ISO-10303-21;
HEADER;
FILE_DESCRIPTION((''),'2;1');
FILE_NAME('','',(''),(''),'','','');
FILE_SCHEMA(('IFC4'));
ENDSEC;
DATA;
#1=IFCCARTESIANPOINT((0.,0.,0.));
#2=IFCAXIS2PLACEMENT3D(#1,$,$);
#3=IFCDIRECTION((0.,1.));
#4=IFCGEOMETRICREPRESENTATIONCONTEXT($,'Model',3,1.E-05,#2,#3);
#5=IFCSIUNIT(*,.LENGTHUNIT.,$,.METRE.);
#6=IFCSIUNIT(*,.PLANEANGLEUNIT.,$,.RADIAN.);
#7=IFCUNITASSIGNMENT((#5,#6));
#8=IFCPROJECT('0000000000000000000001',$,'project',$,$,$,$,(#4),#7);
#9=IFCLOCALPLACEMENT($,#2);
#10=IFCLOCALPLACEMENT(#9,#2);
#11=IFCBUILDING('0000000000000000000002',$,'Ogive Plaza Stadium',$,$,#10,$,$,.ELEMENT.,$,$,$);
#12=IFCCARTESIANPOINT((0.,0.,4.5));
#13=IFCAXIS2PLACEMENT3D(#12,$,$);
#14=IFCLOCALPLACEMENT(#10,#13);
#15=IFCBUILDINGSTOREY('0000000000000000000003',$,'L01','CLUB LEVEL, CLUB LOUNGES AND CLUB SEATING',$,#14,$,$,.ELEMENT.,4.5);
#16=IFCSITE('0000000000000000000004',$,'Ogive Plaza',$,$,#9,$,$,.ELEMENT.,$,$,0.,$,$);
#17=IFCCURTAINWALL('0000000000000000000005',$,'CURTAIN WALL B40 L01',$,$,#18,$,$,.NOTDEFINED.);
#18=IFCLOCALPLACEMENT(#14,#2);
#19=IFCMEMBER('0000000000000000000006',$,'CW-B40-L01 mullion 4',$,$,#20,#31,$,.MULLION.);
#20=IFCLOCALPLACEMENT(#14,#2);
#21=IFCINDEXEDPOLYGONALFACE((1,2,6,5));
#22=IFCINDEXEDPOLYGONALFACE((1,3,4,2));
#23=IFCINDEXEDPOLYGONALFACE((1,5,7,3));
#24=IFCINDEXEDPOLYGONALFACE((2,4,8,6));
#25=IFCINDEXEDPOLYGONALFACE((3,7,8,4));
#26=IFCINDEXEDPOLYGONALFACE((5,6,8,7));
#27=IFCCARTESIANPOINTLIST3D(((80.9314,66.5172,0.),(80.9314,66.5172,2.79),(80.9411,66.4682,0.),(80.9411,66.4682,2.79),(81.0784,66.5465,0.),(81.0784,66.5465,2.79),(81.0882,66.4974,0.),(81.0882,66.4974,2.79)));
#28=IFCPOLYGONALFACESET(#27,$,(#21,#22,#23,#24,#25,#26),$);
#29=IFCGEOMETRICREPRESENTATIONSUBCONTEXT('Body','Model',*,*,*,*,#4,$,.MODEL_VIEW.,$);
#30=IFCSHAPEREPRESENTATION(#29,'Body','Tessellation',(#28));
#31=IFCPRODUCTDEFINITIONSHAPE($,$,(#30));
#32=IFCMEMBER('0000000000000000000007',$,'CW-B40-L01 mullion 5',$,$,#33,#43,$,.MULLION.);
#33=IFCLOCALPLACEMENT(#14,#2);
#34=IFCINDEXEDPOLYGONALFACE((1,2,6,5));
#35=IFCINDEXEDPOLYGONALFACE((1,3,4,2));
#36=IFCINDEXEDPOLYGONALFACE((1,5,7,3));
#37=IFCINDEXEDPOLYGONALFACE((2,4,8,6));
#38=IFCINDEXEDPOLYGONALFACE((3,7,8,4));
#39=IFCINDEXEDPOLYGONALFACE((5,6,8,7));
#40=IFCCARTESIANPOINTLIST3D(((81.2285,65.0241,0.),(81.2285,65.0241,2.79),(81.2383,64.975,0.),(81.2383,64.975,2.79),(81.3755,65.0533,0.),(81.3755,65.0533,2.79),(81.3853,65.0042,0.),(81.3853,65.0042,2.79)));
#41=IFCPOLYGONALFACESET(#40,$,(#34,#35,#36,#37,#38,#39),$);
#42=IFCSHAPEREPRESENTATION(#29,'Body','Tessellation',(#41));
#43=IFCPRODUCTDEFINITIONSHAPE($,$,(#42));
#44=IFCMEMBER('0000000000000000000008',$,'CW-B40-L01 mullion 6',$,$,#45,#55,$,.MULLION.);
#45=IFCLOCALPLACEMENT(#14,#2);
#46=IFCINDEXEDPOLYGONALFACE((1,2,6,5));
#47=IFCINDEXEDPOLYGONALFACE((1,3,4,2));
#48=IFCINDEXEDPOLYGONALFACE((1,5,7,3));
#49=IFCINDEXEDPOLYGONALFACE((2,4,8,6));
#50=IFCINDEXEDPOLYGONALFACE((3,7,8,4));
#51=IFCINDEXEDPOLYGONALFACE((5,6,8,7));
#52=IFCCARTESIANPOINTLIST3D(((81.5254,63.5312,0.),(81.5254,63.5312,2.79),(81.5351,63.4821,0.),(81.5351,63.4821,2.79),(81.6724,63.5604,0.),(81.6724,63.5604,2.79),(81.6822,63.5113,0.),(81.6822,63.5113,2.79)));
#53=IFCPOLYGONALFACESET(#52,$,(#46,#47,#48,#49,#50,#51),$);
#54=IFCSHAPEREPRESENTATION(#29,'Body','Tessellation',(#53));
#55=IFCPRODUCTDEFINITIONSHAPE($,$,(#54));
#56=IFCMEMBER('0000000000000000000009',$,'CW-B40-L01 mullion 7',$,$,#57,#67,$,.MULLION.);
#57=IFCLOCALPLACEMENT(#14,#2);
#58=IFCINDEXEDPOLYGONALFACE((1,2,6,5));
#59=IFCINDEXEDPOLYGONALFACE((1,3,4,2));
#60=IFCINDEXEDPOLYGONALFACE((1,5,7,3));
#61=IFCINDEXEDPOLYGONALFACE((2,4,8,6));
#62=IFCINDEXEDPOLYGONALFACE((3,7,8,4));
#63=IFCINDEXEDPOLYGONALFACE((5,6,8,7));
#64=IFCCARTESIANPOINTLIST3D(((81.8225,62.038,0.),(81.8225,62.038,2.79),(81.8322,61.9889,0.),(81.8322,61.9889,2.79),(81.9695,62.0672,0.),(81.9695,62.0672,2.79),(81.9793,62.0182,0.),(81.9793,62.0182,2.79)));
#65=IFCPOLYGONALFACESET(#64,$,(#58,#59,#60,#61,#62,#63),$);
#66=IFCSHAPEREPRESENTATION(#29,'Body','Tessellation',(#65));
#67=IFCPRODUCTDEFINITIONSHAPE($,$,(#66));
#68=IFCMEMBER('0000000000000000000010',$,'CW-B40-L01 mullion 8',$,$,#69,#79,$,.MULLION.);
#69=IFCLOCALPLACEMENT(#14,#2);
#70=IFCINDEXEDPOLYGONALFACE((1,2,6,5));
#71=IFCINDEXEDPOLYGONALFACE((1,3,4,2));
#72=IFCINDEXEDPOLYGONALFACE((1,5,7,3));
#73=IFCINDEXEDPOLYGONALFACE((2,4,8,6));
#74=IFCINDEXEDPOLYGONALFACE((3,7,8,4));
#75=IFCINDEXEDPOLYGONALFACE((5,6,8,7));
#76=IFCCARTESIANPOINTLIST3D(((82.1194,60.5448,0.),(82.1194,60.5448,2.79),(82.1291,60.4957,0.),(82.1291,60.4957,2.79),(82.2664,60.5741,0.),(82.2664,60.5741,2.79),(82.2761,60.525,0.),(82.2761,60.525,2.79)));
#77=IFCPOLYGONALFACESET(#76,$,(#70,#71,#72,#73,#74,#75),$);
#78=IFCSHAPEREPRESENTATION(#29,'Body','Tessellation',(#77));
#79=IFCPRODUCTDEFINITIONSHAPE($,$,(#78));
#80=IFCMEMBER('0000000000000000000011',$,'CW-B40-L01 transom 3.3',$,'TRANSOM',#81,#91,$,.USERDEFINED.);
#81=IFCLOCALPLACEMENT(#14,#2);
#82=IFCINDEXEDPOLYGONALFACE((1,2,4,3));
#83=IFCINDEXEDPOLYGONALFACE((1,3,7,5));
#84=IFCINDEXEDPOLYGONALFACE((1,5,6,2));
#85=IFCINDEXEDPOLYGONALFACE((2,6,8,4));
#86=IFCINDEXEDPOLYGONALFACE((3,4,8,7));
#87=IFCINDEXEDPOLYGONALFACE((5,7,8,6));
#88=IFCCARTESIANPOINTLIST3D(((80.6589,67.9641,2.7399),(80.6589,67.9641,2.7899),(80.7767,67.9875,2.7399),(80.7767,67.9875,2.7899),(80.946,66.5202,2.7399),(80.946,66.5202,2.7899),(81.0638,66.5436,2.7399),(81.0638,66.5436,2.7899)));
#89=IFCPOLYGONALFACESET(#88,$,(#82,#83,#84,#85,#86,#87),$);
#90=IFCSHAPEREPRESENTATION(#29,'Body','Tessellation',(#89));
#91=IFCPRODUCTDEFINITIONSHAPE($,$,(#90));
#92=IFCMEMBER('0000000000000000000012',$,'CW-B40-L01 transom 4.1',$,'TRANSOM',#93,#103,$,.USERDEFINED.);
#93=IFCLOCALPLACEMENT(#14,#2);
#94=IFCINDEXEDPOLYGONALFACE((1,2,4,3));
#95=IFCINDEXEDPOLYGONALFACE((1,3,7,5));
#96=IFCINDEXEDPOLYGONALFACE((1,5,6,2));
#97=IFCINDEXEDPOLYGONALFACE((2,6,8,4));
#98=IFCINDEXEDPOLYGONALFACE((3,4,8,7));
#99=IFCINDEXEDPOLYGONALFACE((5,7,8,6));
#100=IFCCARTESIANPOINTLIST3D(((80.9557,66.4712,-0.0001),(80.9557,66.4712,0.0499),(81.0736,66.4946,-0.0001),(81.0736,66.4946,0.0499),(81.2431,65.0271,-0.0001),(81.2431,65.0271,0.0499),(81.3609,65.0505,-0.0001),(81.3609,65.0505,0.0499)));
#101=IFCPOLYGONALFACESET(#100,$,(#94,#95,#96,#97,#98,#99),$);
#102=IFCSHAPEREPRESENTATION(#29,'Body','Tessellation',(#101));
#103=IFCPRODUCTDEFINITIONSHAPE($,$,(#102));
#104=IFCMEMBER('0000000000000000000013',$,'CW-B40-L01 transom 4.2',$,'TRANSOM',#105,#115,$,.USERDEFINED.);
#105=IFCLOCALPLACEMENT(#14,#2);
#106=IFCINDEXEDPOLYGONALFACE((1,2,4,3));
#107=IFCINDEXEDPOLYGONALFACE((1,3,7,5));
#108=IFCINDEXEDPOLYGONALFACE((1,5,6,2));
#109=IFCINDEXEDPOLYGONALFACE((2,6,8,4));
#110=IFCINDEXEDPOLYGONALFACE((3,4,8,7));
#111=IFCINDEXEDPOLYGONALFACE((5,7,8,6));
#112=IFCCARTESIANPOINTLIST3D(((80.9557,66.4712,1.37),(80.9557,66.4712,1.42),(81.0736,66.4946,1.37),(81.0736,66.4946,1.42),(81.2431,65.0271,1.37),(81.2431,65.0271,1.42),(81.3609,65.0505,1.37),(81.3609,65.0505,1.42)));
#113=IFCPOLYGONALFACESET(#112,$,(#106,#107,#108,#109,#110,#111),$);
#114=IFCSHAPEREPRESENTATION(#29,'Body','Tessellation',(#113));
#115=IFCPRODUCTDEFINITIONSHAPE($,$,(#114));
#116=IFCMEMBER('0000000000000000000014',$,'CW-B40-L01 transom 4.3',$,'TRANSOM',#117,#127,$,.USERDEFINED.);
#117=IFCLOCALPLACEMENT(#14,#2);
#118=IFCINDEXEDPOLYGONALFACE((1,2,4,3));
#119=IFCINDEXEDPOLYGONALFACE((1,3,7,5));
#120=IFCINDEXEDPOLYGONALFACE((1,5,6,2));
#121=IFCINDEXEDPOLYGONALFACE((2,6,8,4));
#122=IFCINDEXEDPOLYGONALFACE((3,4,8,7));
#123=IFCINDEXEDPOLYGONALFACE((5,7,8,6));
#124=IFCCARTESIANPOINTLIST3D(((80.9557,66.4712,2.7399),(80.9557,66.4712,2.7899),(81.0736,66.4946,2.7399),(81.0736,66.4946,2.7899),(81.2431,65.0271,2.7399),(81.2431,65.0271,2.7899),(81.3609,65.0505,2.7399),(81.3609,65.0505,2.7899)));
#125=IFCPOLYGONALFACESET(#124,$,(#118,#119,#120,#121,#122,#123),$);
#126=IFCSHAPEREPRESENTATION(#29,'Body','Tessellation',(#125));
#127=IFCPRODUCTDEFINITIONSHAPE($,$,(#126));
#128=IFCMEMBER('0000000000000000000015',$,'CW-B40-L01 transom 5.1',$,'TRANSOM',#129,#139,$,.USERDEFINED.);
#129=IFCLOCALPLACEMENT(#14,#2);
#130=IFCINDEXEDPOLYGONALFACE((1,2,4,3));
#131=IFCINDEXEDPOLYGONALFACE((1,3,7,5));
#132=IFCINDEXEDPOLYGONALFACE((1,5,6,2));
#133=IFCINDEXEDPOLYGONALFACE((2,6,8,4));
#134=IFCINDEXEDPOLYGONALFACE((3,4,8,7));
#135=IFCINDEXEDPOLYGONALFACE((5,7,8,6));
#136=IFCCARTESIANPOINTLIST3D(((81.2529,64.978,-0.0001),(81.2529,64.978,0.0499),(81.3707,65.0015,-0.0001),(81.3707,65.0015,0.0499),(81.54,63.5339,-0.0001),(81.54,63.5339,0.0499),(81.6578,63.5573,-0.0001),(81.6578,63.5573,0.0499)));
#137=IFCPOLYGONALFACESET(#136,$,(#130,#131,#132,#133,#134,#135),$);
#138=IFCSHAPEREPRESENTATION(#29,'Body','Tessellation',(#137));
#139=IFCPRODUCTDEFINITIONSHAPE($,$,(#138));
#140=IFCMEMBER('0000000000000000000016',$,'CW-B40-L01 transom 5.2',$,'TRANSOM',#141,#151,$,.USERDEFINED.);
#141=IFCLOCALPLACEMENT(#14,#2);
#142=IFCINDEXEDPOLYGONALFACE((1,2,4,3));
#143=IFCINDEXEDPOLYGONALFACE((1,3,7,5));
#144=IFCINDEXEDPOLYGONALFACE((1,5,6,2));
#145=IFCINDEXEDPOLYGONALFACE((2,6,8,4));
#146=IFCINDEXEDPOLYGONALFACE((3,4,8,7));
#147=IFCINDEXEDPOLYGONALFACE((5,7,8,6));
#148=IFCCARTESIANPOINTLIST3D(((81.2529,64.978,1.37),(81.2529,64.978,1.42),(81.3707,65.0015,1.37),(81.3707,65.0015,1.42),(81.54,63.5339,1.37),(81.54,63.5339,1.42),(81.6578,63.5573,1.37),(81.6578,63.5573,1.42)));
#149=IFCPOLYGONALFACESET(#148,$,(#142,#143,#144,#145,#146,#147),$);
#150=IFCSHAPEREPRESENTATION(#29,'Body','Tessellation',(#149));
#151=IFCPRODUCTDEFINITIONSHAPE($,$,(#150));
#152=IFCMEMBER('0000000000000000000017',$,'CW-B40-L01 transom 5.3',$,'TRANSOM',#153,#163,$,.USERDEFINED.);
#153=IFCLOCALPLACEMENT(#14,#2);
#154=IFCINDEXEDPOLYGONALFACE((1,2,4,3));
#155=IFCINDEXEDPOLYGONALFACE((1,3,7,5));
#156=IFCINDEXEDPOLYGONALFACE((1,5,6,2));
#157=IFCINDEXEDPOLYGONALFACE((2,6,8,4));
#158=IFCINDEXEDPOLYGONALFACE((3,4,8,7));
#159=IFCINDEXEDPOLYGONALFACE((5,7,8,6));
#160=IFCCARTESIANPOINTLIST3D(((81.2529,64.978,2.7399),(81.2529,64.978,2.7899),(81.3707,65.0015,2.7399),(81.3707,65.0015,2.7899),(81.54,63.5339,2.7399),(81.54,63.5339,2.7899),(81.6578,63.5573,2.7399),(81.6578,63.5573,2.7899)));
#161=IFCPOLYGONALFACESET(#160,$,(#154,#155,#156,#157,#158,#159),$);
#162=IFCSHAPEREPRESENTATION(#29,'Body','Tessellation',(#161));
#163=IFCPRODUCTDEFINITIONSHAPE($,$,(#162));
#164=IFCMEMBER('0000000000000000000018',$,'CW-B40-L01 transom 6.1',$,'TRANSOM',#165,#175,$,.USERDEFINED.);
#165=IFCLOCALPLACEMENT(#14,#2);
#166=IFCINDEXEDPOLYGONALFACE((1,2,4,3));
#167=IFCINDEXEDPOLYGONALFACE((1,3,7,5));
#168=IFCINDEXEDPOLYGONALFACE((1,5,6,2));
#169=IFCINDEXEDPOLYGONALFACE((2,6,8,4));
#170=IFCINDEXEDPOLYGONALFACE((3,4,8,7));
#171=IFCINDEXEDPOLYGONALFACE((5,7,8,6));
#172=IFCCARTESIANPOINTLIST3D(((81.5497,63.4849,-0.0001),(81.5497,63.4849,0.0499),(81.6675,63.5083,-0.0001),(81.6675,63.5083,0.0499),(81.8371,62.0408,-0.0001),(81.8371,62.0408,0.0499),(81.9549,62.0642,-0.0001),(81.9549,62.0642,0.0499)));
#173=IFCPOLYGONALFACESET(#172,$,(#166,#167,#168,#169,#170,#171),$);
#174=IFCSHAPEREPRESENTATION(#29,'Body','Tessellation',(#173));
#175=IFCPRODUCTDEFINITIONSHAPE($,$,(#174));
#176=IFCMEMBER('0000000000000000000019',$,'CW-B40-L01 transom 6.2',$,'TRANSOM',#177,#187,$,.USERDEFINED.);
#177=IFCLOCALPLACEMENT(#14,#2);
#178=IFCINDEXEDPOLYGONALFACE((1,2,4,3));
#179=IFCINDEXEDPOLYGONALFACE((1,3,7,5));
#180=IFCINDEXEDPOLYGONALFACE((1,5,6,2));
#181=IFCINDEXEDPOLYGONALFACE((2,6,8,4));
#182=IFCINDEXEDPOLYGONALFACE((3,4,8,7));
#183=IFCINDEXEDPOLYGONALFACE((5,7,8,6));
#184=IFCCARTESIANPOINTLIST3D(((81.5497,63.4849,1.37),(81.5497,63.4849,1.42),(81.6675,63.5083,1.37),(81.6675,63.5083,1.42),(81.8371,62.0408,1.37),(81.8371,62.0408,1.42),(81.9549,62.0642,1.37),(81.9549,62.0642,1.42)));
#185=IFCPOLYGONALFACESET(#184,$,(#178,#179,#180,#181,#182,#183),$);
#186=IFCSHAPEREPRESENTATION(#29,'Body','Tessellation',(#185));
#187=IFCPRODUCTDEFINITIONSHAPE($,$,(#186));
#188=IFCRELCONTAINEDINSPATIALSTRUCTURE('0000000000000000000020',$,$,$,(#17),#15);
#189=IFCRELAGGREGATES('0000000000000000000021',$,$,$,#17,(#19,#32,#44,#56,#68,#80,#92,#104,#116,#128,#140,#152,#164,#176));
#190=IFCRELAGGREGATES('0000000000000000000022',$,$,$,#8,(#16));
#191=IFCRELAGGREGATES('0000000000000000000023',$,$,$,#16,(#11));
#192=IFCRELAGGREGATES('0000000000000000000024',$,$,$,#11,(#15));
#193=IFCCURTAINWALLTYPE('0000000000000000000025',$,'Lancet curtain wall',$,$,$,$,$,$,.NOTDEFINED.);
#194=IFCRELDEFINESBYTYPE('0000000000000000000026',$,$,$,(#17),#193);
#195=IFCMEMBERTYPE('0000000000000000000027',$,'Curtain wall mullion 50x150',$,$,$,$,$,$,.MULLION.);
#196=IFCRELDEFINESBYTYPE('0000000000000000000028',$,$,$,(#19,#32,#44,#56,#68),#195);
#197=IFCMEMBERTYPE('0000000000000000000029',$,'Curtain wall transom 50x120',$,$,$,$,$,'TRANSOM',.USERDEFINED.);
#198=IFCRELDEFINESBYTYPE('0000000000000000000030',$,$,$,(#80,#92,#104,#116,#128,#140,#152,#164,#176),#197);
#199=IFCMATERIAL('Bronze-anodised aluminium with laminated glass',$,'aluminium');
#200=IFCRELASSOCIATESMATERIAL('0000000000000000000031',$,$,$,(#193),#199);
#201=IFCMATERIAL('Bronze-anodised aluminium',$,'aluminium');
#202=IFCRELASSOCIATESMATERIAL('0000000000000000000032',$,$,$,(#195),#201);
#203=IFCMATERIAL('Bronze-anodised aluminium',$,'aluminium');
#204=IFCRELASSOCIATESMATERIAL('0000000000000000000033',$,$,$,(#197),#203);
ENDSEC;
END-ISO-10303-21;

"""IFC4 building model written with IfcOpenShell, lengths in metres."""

from ifc_helpers import new_model, si_unit, direction, frame, origin, origin_2d, place, context, subcontext, project, spatial, rectangle, extrude, material, material_profile, profile_set, type_object, element, aggregate, save


model = new_model("IFC4")

# Units and contexts
model_context = context("Model", 3, precision=1e-05, world=origin(), true_north=direction((0.0, 1.0)))
body_context = subcontext(model_context, "Body", "Model", "MODEL_VIEW")
ifc_project = project(units=[si_unit("LENGTHUNIT", "METRE"), si_unit("PLANEANGLEUNIT", "RADIAN")], contexts=[model_context])

# Site, building, storey
site_placement = place(None, origin())
site = spatial("IfcSite", under=ifc_project, at=site_placement, Name="Ogive Plaza", CompositionType="ELEMENT", RefElevation=0.0)
building_placement = place(site_placement, origin())
building = spatial("IfcBuilding", under=site, at=building_placement, Name="Ogive Plaza Stadium", CompositionType="ELEMENT")
storey_placement = place(building_placement, frame((0.0, 0.0, 4.5)))
storey = spatial("IfcBuildingStorey", under=building, at=storey_placement, Name="L01", Description="CLUB LEVEL, CLUB LOUNGES AND CLUB SEATING", CompositionType="ELEMENT", Elevation=4.5)

# Curtain wall, members
ifc_material_1 = material(Name="Bronze-anodised aluminium with laminated glass", Category="aluminium")
curtain_wall_type = type_object("IfcCurtainWallType", Name="Lancet curtain wall", PredefinedType="NOTDEFINED", material=ifc_material_1)
curtain_wall_placement = place(storey_placement, origin())
curtain_wall = element("IfcCurtainWall", 1, at=curtain_wall_placement, inside=storey, type_object=curtain_wall_type, Name="CURTAIN WALL B40 L01", PredefinedType="NOTDEFINED")
ifc_material_2 = material(Name="Bronze-anodised aluminium", Category="aluminium")
ifc_material_profile_1 = material_profile(ifc_material_2, rectangle(XDim=0.1499, YDim=0.05, at=origin_2d()), Name="AL 150x50")
ifc_profile_set_1 = profile_set([ifc_material_profile_1], Name="Bronze-anodised aluminium")
member_type_1 = type_object("IfcMemberType", Name="Curtain wall mullion 50x150", PredefinedType="MULLION", material=ifc_profile_set_1)
member_1_placement = place(storey_placement, frame((81.0098, 66.5073, 0.0), z_axis=(0.0, 0.0, 1.0), x_axis=(0.980785, 0.19509, 0.0)))
member_1 = element("IfcMember", 2, at=member_1_placement, type_object=member_type_1, Name="CW-B40-L01 mullion 4", PredefinedType="MULLION", context=body_context, shape_type="SweptSolid", body=[
    extrude(rectangle(XDim=0.1499, YDim=0.05, at=origin_2d()), origin(), (0.0, 0.0, 1.0), 2.79),
])
member_2_placement = place(storey_placement, frame((81.3069, 65.0142, 0.0), z_axis=(0.0, 0.0, 1.0), x_axis=(0.980785, 0.19509, 0.0)))
member_2 = element("IfcMember", 3, at=member_2_placement, type_object=member_type_1, Name="CW-B40-L01 mullion 5", PredefinedType="MULLION", context=body_context, shape_type="SweptSolid", body=[
    extrude(rectangle(XDim=0.1499, YDim=0.05, at=origin_2d()), origin(), (0.0, 0.0, 1.0), 2.79),
])
member_3_placement = place(storey_placement, frame((81.6038, 63.5212, 0.0), z_axis=(0.0, 0.0, 1.0), x_axis=(0.980785, 0.19509, 0.0)))
member_3 = element("IfcMember", 4, at=member_3_placement, type_object=member_type_1, Name="CW-B40-L01 mullion 6", PredefinedType="MULLION", context=body_context, shape_type="SweptSolid", body=[
    extrude(rectangle(XDim=0.1499, YDim=0.05, at=origin_2d()), origin(), (0.0, 0.0, 1.0), 2.79),
])
member_4_placement = place(storey_placement, frame((81.9009, 62.0281, 0.0), z_axis=(0.0, 0.0, 1.0), x_axis=(0.980785, 0.19509, 0.0)))
member_4 = element("IfcMember", 5, at=member_4_placement, type_object=member_type_1, Name="CW-B40-L01 mullion 7", PredefinedType="MULLION", context=body_context, shape_type="SweptSolid", body=[
    extrude(rectangle(XDim=0.1499, YDim=0.05, at=origin_2d()), origin(), (0.0, 0.0, 1.0), 2.79),
])
member_5_placement = place(storey_placement, frame((82.1978, 60.5349, 0.0), z_axis=(0.0, 0.0, 1.0), x_axis=(0.980785, 0.19509, 0.0)))
member_5 = element("IfcMember", 6, at=member_5_placement, type_object=member_type_1, Name="CW-B40-L01 mullion 8", PredefinedType="MULLION", context=body_context, shape_type="SweptSolid", body=[
    extrude(rectangle(XDim=0.1499, YDim=0.05, at=origin_2d()), origin(), (0.0, 0.0, 1.0), 2.79),
])
ifc_material_3 = material(Name="Bronze-anodised aluminium", Category="aluminium")
ifc_material_profile_2 = material_profile(ifc_material_3, rectangle(XDim=0.1201, YDim=0.05, at=origin_2d()), Name="AL 120x50")
ifc_profile_set_2 = profile_set([ifc_material_profile_2], Name="Bronze-anodised aluminium")
member_type_2 = type_object("IfcMemberType", Name="Curtain wall transom 50x120", ElementType="TRANSOM", PredefinedType="USERDEFINED", material=ifc_profile_set_2)
member_6_placement = place(storey_placement, frame((80.7178, 67.9758, 2.7649), z_axis=(0.195032, -0.980797, 0.0), x_axis=(0.980797, 0.195032, 0.0)))
member_6 = element("IfcMember", 7, at=member_6_placement, type_object=member_type_2, Name="CW-B40-L01 transom 3.3", ObjectType="TRANSOM", PredefinedType="USERDEFINED", context=body_context, shape_type="SweptSolid", body=[
    extrude(rectangle(XDim=0.1201, YDim=0.05, at=origin_2d()), origin(), (0.0, 0.0, 1.0), 1.4722),
])
member_7_placement = place(storey_placement, frame((81.0146, 66.4829, 0.0249), z_axis=(0.195159, -0.980772, 0.0), x_axis=(0.980772, 0.195159, 0.0)))
member_7 = element("IfcMember", 8, at=member_7_placement, type_object=member_type_2, Name="CW-B40-L01 transom 4.1", ObjectType="TRANSOM", PredefinedType="USERDEFINED", context=body_context, shape_type="SweptSolid", body=[
    extrude(rectangle(XDim=0.1201, YDim=0.05, at=origin_2d()), origin(), (0.0, 0.0, 1.0), 1.4724),
])
member_8_placement = place(storey_placement, frame((81.0146, 66.4829, 1.395), z_axis=(0.195159, -0.980772, 0.0), x_axis=(0.980772, 0.195159, 0.0)))
member_8 = element("IfcMember", 9, at=member_8_placement, type_object=member_type_2, Name="CW-B40-L01 transom 4.2", ObjectType="TRANSOM", PredefinedType="USERDEFINED", context=body_context, shape_type="SweptSolid", body=[
    extrude(rectangle(XDim=0.1201, YDim=0.05, at=origin_2d()), origin(), (0.0, 0.0, 1.0), 1.4724),
])
member_9_placement = place(storey_placement, frame((81.0146, 66.4829, 2.7649), z_axis=(0.195159, -0.980772, 0.0), x_axis=(0.980772, 0.195159, 0.0)))
member_9 = element("IfcMember", 10, at=member_9_placement, type_object=member_type_2, Name="CW-B40-L01 transom 4.3", ObjectType="TRANSOM", PredefinedType="USERDEFINED", context=body_context, shape_type="SweptSolid", body=[
    extrude(rectangle(XDim=0.1201, YDim=0.05, at=origin_2d()), origin(), (0.0, 0.0, 1.0), 1.4724),
])
member_10_placement = place(storey_placement, frame((81.3118, 64.9897, 0.0249), z_axis=(0.195, -0.980803, 0.0), x_axis=(0.980803, 0.195, 0.0)))
member_10 = element("IfcMember", 11, at=member_10_placement, type_object=member_type_2, Name="CW-B40-L01 transom 5.1", ObjectType="TRANSOM", PredefinedType="USERDEFINED", context=body_context, shape_type="SweptSolid", body=[
    extrude(rectangle(XDim=0.1201, YDim=0.05, at=origin_2d()), origin(), (0.0, 0.0, 1.0), 1.4724),
])
member_11_placement = place(storey_placement, frame((81.3118, 64.9897, 1.395), z_axis=(0.195, -0.980803, 0.0), x_axis=(0.980803, 0.195, 0.0)))
member_11 = element("IfcMember", 12, at=member_11_placement, type_object=member_type_2, Name="CW-B40-L01 transom 5.2", ObjectType="TRANSOM", PredefinedType="USERDEFINED", context=body_context, shape_type="SweptSolid", body=[
    extrude(rectangle(XDim=0.1201, YDim=0.05, at=origin_2d()), origin(), (0.0, 0.0, 1.0), 1.4724),
])
member_12_placement = place(storey_placement, frame((81.3118, 64.9897, 2.7649), z_axis=(0.195, -0.980803, 0.0), x_axis=(0.980803, 0.195, 0.0)))
member_12 = element("IfcMember", 13, at=member_12_placement, type_object=member_type_2, Name="CW-B40-L01 transom 5.3", ObjectType="TRANSOM", PredefinedType="USERDEFINED", context=body_context, shape_type="SweptSolid", body=[
    extrude(rectangle(XDim=0.1201, YDim=0.05, at=origin_2d()), origin(), (0.0, 0.0, 1.0), 1.4724),
])
member_13_placement = place(storey_placement, frame((81.6086, 63.4966, 0.0249), z_axis=(0.195159, -0.980772, 0.0), x_axis=(0.980772, 0.195159, 0.0)))
member_13 = element("IfcMember", 14, at=member_13_placement, type_object=member_type_2, Name="CW-B40-L01 transom 6.1", ObjectType="TRANSOM", PredefinedType="USERDEFINED", context=body_context, shape_type="SweptSolid", body=[
    extrude(rectangle(XDim=0.1201, YDim=0.05, at=origin_2d()), origin(), (0.0, 0.0, 1.0), 1.4724),
])
member_14_placement = place(storey_placement, frame((81.6086, 63.4966, 1.395), z_axis=(0.195159, -0.980772, 0.0), x_axis=(0.980772, 0.195159, 0.0)))
member_14 = element("IfcMember", 15, at=member_14_placement, type_object=member_type_2, Name="CW-B40-L01 transom 6.2", ObjectType="TRANSOM", PredefinedType="USERDEFINED", context=body_context, shape_type="SweptSolid", body=[
    extrude(rectangle(XDim=0.1201, YDim=0.05, at=origin_2d()), origin(), (0.0, 0.0, 1.0), 1.4724),
])
aggregate(curtain_wall, [member_1, member_2, member_3, member_4, member_5, member_6, member_7, member_8, member_9, member_10, member_11, member_12, member_13, member_14])

save(model, "model.ifc")
